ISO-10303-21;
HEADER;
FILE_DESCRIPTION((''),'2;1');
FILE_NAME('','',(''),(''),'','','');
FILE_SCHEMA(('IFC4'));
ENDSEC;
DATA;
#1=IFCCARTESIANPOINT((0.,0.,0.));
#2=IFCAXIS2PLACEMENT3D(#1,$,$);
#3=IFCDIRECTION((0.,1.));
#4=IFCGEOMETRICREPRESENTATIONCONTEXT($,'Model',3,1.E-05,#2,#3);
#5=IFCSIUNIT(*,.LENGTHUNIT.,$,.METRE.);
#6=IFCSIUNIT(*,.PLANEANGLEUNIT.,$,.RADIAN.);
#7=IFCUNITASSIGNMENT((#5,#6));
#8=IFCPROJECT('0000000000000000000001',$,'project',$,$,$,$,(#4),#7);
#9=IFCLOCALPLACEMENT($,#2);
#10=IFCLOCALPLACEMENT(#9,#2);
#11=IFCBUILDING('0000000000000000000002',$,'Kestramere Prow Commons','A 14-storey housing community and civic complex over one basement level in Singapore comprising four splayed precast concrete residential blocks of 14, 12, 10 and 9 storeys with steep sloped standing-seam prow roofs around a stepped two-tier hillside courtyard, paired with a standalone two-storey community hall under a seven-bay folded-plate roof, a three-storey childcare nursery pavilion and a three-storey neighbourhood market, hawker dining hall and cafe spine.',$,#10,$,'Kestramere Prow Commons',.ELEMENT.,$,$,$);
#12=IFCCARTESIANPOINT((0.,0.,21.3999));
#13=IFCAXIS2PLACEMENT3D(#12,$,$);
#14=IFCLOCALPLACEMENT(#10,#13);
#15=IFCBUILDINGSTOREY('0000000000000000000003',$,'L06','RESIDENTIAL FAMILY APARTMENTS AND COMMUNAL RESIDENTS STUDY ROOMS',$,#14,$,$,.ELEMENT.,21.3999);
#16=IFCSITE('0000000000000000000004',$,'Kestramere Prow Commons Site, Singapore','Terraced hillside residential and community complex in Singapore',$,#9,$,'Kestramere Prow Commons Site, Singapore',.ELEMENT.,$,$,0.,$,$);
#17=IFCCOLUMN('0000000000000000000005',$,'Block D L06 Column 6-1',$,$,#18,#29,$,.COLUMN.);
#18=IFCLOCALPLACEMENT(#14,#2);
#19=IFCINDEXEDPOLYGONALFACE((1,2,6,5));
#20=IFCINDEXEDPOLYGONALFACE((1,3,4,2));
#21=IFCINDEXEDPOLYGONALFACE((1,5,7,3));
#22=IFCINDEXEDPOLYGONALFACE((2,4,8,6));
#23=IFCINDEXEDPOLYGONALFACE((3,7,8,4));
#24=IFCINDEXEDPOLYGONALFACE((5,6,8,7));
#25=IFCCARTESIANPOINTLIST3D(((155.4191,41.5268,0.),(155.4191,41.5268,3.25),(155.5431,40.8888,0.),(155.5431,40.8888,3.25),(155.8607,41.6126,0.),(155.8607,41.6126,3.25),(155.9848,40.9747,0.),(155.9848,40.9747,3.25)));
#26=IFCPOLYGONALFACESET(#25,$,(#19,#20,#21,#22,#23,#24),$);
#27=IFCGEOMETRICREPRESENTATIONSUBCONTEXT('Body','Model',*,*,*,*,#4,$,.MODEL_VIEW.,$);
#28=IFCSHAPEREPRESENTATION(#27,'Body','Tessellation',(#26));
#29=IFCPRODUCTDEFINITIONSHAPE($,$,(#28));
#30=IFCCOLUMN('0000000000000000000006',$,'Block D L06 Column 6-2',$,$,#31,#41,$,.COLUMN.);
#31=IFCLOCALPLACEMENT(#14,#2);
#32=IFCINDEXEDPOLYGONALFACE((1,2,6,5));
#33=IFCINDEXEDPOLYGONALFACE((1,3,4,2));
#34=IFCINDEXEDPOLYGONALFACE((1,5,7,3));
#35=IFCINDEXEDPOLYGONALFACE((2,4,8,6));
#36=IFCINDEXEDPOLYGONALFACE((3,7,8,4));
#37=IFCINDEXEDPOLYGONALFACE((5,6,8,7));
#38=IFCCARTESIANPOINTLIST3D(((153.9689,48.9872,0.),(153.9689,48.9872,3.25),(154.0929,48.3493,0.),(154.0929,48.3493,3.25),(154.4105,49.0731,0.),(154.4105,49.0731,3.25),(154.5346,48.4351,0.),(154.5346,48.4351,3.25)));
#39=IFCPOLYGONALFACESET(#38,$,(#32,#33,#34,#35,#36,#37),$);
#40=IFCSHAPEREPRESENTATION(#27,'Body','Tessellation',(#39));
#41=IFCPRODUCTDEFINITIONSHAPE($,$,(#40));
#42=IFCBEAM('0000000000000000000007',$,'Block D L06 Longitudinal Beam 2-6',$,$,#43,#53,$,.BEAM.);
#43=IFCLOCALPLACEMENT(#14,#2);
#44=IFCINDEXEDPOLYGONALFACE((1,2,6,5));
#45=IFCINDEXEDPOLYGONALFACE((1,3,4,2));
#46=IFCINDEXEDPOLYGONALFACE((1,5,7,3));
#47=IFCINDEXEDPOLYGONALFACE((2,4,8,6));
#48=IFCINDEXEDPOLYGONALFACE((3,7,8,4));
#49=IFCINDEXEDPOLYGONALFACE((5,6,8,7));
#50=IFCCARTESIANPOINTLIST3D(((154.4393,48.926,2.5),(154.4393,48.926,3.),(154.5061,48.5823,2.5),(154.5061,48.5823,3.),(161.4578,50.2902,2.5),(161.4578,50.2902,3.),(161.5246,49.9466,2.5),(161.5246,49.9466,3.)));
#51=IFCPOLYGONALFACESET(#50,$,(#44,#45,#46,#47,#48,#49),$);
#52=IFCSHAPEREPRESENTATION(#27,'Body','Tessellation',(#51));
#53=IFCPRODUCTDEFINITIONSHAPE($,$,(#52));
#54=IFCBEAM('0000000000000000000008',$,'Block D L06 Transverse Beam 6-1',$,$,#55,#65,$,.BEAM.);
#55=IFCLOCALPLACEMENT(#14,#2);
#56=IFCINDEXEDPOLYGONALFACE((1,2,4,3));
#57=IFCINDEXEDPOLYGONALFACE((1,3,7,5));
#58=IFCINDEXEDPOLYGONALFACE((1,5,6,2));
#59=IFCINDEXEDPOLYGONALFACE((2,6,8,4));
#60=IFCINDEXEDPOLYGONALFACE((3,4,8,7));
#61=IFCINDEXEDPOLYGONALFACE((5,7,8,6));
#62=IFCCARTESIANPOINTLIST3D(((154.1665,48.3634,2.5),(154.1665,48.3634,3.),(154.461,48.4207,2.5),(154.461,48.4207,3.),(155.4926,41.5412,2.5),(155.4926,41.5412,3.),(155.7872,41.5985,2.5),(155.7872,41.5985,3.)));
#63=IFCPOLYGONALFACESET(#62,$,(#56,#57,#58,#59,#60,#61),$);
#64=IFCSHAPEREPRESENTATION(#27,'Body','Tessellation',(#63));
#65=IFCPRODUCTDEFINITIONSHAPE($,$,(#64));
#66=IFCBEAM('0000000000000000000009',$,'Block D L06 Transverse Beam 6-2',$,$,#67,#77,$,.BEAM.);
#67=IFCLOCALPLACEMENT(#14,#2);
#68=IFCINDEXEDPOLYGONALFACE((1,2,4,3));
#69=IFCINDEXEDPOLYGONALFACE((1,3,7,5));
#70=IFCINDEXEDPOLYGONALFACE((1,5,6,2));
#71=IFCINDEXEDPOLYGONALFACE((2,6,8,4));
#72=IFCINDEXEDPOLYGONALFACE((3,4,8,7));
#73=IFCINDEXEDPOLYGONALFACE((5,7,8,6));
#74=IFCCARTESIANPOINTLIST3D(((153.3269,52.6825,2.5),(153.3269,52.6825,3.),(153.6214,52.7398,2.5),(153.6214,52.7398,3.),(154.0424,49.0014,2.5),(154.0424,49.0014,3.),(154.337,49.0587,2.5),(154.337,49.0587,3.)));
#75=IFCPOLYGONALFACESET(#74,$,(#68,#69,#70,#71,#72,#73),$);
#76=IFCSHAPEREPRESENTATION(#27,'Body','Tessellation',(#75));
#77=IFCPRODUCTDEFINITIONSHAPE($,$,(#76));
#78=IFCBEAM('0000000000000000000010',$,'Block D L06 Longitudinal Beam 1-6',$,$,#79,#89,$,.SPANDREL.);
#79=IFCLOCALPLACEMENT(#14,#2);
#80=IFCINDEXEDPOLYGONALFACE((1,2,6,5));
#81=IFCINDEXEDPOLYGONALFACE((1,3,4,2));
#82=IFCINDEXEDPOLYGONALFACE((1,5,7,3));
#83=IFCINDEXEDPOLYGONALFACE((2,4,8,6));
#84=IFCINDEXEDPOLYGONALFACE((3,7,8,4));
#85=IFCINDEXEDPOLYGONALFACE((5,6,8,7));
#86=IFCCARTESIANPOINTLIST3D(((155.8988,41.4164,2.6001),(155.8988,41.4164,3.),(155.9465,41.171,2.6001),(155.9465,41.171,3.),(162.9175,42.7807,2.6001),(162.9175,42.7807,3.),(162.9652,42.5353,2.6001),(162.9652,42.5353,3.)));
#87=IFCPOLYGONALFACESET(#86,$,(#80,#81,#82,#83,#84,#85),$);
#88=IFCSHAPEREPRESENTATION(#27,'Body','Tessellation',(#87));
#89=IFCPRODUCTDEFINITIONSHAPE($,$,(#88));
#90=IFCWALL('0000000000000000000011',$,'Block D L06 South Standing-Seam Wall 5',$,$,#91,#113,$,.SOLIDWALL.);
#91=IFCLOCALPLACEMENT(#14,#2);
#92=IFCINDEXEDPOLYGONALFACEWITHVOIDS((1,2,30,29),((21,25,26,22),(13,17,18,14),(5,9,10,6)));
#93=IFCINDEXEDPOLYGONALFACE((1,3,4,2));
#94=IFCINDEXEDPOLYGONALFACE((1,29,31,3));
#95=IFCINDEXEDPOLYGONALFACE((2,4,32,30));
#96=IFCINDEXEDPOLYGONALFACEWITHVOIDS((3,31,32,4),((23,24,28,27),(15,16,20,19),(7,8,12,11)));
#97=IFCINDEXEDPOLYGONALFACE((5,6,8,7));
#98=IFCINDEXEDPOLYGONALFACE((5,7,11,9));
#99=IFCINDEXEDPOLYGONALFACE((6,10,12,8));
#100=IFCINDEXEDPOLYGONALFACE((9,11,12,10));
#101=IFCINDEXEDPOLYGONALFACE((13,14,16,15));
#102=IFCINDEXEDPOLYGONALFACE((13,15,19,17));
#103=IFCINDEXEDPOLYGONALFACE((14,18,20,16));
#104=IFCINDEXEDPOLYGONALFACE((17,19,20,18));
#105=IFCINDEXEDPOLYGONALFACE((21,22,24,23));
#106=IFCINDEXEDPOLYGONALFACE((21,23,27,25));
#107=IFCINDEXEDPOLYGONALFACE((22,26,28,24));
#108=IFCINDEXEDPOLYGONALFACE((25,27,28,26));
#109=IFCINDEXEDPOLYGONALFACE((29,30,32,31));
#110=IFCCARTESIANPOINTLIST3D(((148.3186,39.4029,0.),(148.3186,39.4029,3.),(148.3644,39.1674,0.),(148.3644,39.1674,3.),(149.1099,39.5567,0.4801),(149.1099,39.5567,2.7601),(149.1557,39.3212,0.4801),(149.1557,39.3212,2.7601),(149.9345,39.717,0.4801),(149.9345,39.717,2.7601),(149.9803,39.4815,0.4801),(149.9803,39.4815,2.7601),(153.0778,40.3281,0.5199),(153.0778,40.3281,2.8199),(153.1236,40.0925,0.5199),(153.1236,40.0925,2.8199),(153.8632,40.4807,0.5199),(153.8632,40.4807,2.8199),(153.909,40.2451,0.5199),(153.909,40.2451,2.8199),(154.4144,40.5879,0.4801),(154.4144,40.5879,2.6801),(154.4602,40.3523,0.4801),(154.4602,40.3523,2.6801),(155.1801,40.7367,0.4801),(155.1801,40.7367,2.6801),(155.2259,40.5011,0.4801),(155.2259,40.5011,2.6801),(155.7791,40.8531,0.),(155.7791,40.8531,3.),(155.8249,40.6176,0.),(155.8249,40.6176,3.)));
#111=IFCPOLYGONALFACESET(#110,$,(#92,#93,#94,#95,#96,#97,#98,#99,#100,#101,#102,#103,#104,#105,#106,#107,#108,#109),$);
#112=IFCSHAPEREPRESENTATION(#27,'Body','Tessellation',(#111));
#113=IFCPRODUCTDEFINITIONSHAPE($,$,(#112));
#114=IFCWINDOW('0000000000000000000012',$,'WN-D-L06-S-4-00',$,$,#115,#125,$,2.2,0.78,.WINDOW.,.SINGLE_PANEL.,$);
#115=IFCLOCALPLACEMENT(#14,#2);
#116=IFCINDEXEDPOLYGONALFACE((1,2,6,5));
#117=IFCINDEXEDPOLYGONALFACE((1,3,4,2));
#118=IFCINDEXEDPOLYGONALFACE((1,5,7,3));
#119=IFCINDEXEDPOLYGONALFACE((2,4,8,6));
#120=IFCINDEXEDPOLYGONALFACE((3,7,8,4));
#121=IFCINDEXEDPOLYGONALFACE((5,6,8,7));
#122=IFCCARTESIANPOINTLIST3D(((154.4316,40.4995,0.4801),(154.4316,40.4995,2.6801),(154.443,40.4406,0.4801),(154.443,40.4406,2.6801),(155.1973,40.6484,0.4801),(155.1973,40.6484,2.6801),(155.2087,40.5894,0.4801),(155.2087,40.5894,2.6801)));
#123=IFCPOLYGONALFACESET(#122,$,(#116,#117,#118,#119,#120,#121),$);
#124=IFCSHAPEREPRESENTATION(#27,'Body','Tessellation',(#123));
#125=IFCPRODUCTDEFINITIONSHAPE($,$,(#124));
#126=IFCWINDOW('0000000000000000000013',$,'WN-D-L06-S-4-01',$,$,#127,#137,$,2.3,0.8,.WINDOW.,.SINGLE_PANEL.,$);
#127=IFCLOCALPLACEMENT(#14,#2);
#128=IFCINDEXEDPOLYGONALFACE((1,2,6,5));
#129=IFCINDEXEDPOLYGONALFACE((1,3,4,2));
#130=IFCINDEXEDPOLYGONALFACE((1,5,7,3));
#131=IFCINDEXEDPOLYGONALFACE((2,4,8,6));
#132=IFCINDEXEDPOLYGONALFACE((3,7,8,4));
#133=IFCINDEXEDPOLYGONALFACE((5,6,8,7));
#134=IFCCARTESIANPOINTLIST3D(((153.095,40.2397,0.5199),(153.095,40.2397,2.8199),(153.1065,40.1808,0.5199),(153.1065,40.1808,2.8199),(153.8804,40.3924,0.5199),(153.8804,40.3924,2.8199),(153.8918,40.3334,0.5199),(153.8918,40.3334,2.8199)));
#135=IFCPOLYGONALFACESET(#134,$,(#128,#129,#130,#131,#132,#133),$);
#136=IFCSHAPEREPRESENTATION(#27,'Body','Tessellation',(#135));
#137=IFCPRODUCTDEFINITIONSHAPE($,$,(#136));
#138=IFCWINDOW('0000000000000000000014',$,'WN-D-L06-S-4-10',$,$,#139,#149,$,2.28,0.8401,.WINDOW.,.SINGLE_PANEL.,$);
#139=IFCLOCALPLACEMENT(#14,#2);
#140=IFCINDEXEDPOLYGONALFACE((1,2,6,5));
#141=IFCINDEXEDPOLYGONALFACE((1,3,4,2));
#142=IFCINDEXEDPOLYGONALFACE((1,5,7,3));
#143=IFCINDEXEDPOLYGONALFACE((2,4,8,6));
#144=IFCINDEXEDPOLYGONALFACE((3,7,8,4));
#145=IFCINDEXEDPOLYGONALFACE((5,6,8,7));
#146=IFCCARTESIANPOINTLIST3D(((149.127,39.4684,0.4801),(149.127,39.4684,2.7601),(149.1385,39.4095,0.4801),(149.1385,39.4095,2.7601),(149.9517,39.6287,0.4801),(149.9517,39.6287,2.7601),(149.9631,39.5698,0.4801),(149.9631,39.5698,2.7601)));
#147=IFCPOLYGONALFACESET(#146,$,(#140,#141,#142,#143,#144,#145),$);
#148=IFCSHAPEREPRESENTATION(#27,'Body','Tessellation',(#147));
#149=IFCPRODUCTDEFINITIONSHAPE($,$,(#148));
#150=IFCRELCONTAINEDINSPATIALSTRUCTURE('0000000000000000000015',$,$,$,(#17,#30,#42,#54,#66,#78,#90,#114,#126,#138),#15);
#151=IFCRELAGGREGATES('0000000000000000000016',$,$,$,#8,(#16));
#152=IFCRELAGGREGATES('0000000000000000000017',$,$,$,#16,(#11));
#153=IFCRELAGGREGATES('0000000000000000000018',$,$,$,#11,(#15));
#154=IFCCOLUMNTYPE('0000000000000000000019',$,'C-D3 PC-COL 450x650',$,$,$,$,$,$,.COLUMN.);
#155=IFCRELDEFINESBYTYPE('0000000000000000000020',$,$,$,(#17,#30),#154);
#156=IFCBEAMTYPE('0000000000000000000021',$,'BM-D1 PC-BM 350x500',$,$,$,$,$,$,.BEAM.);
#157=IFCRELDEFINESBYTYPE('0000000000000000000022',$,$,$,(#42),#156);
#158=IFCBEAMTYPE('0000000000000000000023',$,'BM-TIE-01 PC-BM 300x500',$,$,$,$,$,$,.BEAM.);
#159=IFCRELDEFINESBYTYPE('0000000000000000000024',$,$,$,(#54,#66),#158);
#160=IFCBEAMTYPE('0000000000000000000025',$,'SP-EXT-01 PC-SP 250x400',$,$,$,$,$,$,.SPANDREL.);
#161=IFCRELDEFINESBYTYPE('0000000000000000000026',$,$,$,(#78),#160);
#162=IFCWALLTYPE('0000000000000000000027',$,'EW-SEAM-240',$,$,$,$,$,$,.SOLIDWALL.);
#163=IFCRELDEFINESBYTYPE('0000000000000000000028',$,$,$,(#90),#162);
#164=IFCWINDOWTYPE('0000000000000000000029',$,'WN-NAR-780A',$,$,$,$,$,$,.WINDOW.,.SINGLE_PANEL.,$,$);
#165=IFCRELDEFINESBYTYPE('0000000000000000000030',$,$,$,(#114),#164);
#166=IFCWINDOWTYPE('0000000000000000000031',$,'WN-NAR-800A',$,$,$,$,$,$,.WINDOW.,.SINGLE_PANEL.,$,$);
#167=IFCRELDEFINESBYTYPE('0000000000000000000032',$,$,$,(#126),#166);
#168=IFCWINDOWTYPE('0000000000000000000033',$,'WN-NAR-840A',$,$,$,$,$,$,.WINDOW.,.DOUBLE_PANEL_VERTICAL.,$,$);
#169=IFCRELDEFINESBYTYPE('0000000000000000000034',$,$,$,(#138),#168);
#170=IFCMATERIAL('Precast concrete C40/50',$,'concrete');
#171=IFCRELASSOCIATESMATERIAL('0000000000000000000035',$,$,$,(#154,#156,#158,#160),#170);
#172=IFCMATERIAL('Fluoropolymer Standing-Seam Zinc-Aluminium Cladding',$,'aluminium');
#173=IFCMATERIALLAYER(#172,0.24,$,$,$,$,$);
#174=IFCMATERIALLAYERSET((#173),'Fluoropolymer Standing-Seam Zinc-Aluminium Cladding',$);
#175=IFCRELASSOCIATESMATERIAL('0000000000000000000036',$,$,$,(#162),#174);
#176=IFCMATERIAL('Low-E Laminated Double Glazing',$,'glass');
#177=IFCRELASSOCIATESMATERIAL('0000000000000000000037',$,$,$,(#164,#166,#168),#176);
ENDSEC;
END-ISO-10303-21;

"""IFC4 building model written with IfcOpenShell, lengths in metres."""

from ifc_helpers import new_model, si_unit, direction, frame, frame_2d, origin, origin_2d, place, context, subcontext, project, spatial, rectangle, extrude, material, layer, layer_set, material_profile, profile_set, type_object, element, fill, save


model = new_model("IFC4")

# Units and contexts
model_context = context("Model", 3, precision=1e-05, world=origin(), true_north=direction((0.0, 1.0)))
body_context = subcontext(model_context, "Body", "Model", "MODEL_VIEW")
ifc_project = project(units=[si_unit("LENGTHUNIT", "METRE"), si_unit("PLANEANGLEUNIT", "RADIAN")], contexts=[model_context])

# Site, building, storey
site_placement = place(None, origin())
site = spatial("IfcSite", under=ifc_project, at=site_placement, Name="Kestramere Prow Commons Site, Singapore", Description="Terraced hillside residential and community complex in Singapore", LongName="Kestramere Prow Commons Site, Singapore", CompositionType="ELEMENT", RefElevation=0.0)
building_placement = place(site_placement, origin())
building = spatial("IfcBuilding", under=site, at=building_placement, Name="Kestramere Prow Commons", Description="A 14-storey housing community and civic complex over one basement level in Singapore comprising four splayed precast concrete residential blocks of 14, 12, 10 and 9 storeys with steep sloped standing-seam prow roofs around a stepped two-tier hillside courtyard, paired with a standalone two-storey community hall under a seven-bay folded-plate roof, a three-storey childcare nursery pavilion and a three-storey neighbourhood market, hawker dining hall and cafe spine.", LongName="Kestramere Prow Commons", CompositionType="ELEMENT")
storey_placement = place(building_placement, frame((0.0, 0.0, 21.3999)))
storey = spatial("IfcBuildingStorey", under=building, at=storey_placement, Name="L06", Description="RESIDENTIAL FAMILY APARTMENTS AND COMMUNAL RESIDENTS STUDY ROOMS", CompositionType="ELEMENT", Elevation=21.3999)

# Columns
ifc_material_1 = material(Name="Precast concrete C40/50", Category="concrete")
ifc_material_profile_1 = material_profile(ifc_material_1, rectangle(XDim=0.45, YDim=0.6499, at=origin_2d()), Name="PC-COL 450x650")
ifc_profile_set_1 = profile_set([ifc_material_profile_1], Name="Precast concrete C40/50")
column_type = type_object("IfcColumnType", Name="C-D3 PC-COL 450x650", PredefinedType="COLUMN", material=ifc_profile_set_1)
for number, where, z_axis, x_axis, name in (
    (1, (155.7019, 41.2507, 0.0), (0.0, 0.0, 1.0), (0.981627, 0.190809, 0.0), "Block D L06 Column 6-1"),
    (2, (154.2517, 48.7112, 0.0), (0.0, 0.0, 1.0), (0.981627, 0.190809, 0.0), "Block D L06 Column 6-2"),
):
    element("IfcColumn", number, at=place(storey_placement, frame(where, z_axis=z_axis, x_axis=x_axis)), inside=storey, type_object=column_type, Name=name, PredefinedType="COLUMN", context=body_context, shape_type="SweptSolid", body=[
        extrude(rectangle(XDim=0.45, YDim=0.6499, at=origin_2d()), origin(), (0.0, 0.0, 1.0), 3.25),
    ])

# Beams
ifc_material_profile_2 = material_profile(ifc_material_1, rectangle(XDim=0.3501, YDim=0.5, at=origin_2d()), Name="PC-BM 350x500")
ifc_profile_set_2 = profile_set([ifc_material_profile_2], Name="Precast concrete C40/50")
beam_type_1 = type_object("IfcBeamType", Name="BM-D1 PC-BM 350x500", PredefinedType="BEAM", material=ifc_profile_set_2)
beam_1_placement = place(storey_placement, frame((154.4727, 48.7542, 2.75), z_axis=(0.981627, 0.190808, 0.0), x_axis=(-0.190808, 0.981627, 0.0)))
element("IfcBeam", 3, at=beam_1_placement, inside=storey, type_object=beam_type_1, Name="Block D L06 Longitudinal Beam 2-6", PredefinedType="BEAM", context=body_context, shape_type="SweptSolid", body=[
    extrude(rectangle(XDim=0.3501, YDim=0.5, at=origin_2d()), origin(), (0.0, 0.0, 1.0), 7.1499),
])
ifc_material_profile_3 = material_profile(ifc_material_1, rectangle(XDim=0.3, YDim=0.5, at=origin_2d()), Name="PC-BM 300x500")
ifc_profile_set_3 = profile_set([ifc_material_profile_3], Name="Precast concrete C40/50")
beam_type_2 = type_object("IfcBeamType", Name="BM-TIE-01 PC-BM 300x500", PredefinedType="BEAM", material=ifc_profile_set_3)
beam_2_placement = place(storey_placement, frame((155.6399, 41.5698, 2.75), z_axis=(-0.190817, 0.981626, 0.0), x_axis=(-0.981626, -0.190817, 0.0)))
element("IfcBeam", 4, at=beam_2_placement, inside=storey, type_object=beam_type_2, Name="Block D L06 Transverse Beam 6-1", PredefinedType="BEAM", context=body_context, shape_type="SweptSolid", body=[
    extrude(rectangle(XDim=0.3, YDim=0.5, at=origin_2d()), origin(), (0.0, 0.0, 1.0), 6.95),
])
beam_3_placement = place(storey_placement, frame((154.1897, 49.03, 2.75), z_axis=(-0.190817, 0.981626, 0.0), x_axis=(-0.981626, -0.190817, 0.0)))
element("IfcBeam", 5, at=beam_3_placement, inside=storey, type_object=beam_type_2, Name="Block D L06 Transverse Beam 6-2", PredefinedType="BEAM", context=body_context, shape_type="SweptSolid", body=[
    extrude(rectangle(XDim=0.3, YDim=0.5, at=origin_2d()), origin(), (0.0, 0.0, 1.0), 3.75),
])
ifc_material_profile_4 = material_profile(ifc_material_1, rectangle(XDim=0.25, YDim=0.3999, at=origin_2d()), Name="PC-SP 250x400")
ifc_profile_set_4 = profile_set([ifc_material_profile_4], Name="Precast concrete C40/50")
beam_type_3 = type_object("IfcBeamType", Name="SP-EXT-01 PC-SP 250x400", PredefinedType="SPANDREL", material=ifc_profile_set_4)
beam_4_placement = place(storey_placement, frame((155.9226, 41.2937, 2.8), z_axis=(0.981629, 0.190801, 0.0), x_axis=(-0.190801, 0.981629, 0.0)))
element("IfcBeam", 6, at=beam_4_placement, inside=storey, type_object=beam_type_3, Name="Block D L06 Longitudinal Beam 1-6", PredefinedType="SPANDREL", context=body_context, shape_type="SweptSolid", body=[
    extrude(rectangle(XDim=0.25, YDim=0.3999, at=origin_2d()), origin(), (0.0, 0.0, 1.0), 7.1501),
])

# Wall, openings, windows
ifc_material_2 = material(Name="Fluoropolymer Standing-Seam Zinc-Aluminium Cladding", Category="aluminium")
ifc_layer_1 = layer(ifc_material_2, 0.24)
ifc_layer_set_1 = layer_set([ifc_layer_1], Name="Fluoropolymer Standing-Seam Zinc-Aluminium Cladding")
wall_type_1 = type_object("IfcWallType", Name="EW-SEAM-240", PredefinedType="SOLIDWALL", material=ifc_layer_set_1)
wall_1_placement = place(storey_placement, frame((155.802, 40.7354, 0.0), z_axis=(0.0, 0.0, 1.0), x_axis=(-0.981626, -0.190813, 0.0)))
wall_1 = element("IfcWall", 7, at=wall_1_placement, inside=storey, type_object=wall_type_1, Name="Block D L06 South Standing-Seam Wall 5", PredefinedType="SOLIDWALL", context=body_context, shape_type="SweptSolid", body=[
    extrude(rectangle(XDim=7.6001, YDim=0.24, at=frame_2d((3.8, 0.0))), origin(), (0.0, 0.0, 1.0), 3.0),
])
opening_1_placement = place(wall_1_placement, frame((0.6101, 0.0, 0.48)))
opening_1 = element("IfcOpeningElement", 8, at=opening_1_placement, cuts=wall_1, PredefinedType="OPENING", context=body_context, shape_type="SweptSolid", body=[
    extrude(rectangle(XDim=0.78, YDim=2.2, at=frame_2d((0.3901, 1.1001))), frame((0.0, 0.135, 0.0), z_axis=(0.0, -1.0, 0.0), x_axis=(1.0, 0.0, 0.0)), (0.0, 0.0, 1.0), 0.27),
])
opening_2_placement = place(wall_1_placement, frame((1.9519, 0.0, 0.52)))
opening_2 = element("IfcOpeningElement", 9, at=opening_2_placement, cuts=wall_1, PredefinedType="OPENING", context=body_context, shape_type="SweptSolid", body=[
    extrude(rectangle(XDim=0.8, YDim=2.3, at=frame_2d((0.3999, 1.1499))), frame((0.0, 0.135, 0.0), z_axis=(0.0, -1.0, 0.0), x_axis=(1.0, 0.0, 0.0)), (0.0, 0.0, 1.0), 0.27),
])
opening_3_placement = place(wall_1_placement, frame((5.9541, 0.0, 0.48)))
opening_3 = element("IfcOpeningElement", 10, at=opening_3_placement, cuts=wall_1, PredefinedType="OPENING", context=body_context, shape_type="SweptSolid", body=[
    extrude(rectangle(XDim=0.8401, YDim=2.28, at=frame_2d((0.4199, 1.1401))), frame((0.0, 0.135, 0.0), z_axis=(0.0, -1.0, 0.0), x_axis=(1.0, 0.0, 0.0)), (0.0, 0.0, 1.0), 0.27),
])
ifc_material_3 = material(Name="Low-E Laminated Double Glazing", Category="glass")
window_type_1 = type_object("IfcWindowType", Name="WN-NAR-780A", PartitioningType="SINGLE_PANEL", PredefinedType="WINDOW", material=ifc_material_3)
window_1_placement = place(opening_1_placement, origin())
window_1 = element("IfcWindow", 11, at=window_1_placement, inside=storey, type_object=window_type_1, Name="WN-D-L06-S-4-00", OverallHeight=2.2, OverallWidth=0.78, PartitioningType="SINGLE_PANEL", PredefinedType="WINDOW", context=body_context, shape_type="SweptSolid", body=[
    extrude(rectangle(XDim=0.78, YDim=2.2, at=frame_2d((0.3901, 1.1001))), frame((0.0, 0.03, 0.0), z_axis=(0.0, -1.0, 0.0), x_axis=(1.0, 0.0, 0.0)), (0.0, 0.0, 1.0), 0.0601),
])
fill(opening_1, window_1)
window_type_2 = type_object("IfcWindowType", Name="WN-NAR-800A", PartitioningType="SINGLE_PANEL", PredefinedType="WINDOW", material=ifc_material_3)
window_2_placement = place(opening_2_placement, origin())
window_2 = element("IfcWindow", 12, at=window_2_placement, inside=storey, type_object=window_type_2, Name="WN-D-L06-S-4-01", OverallHeight=2.3, OverallWidth=0.8, PartitioningType="SINGLE_PANEL", PredefinedType="WINDOW", context=body_context, shape_type="SweptSolid", body=[
    extrude(rectangle(XDim=0.8, YDim=2.3, at=frame_2d((0.3999, 1.1499))), frame((0.0, 0.03, 0.0), z_axis=(0.0, -1.0, 0.0), x_axis=(1.0, 0.0, 0.0)), (0.0, 0.0, 1.0), 0.0601),
])
fill(opening_2, window_2)
window_type_3 = type_object("IfcWindowType", Name="WN-NAR-840A", PartitioningType="DOUBLE_PANEL_VERTICAL", PredefinedType="WINDOW", material=ifc_material_3)
window_3_placement = place(opening_3_placement, origin())
window_3 = element("IfcWindow", 13, at=window_3_placement, inside=storey, type_object=window_type_3, Name="WN-D-L06-S-4-10", OverallHeight=2.28, OverallWidth=0.8401, PartitioningType="SINGLE_PANEL", PredefinedType="WINDOW", context=body_context, shape_type="SweptSolid", body=[
    extrude(rectangle(XDim=0.8401, YDim=2.28, at=frame_2d((0.4199, 1.1401))), frame((0.0, 0.03, 0.0), z_axis=(0.0, -1.0, 0.0), x_axis=(1.0, 0.0, 0.0)), (0.0, 0.0, 1.0), 0.0601),
])
fill(opening_3, window_3)

save(model, "model.ifc")
